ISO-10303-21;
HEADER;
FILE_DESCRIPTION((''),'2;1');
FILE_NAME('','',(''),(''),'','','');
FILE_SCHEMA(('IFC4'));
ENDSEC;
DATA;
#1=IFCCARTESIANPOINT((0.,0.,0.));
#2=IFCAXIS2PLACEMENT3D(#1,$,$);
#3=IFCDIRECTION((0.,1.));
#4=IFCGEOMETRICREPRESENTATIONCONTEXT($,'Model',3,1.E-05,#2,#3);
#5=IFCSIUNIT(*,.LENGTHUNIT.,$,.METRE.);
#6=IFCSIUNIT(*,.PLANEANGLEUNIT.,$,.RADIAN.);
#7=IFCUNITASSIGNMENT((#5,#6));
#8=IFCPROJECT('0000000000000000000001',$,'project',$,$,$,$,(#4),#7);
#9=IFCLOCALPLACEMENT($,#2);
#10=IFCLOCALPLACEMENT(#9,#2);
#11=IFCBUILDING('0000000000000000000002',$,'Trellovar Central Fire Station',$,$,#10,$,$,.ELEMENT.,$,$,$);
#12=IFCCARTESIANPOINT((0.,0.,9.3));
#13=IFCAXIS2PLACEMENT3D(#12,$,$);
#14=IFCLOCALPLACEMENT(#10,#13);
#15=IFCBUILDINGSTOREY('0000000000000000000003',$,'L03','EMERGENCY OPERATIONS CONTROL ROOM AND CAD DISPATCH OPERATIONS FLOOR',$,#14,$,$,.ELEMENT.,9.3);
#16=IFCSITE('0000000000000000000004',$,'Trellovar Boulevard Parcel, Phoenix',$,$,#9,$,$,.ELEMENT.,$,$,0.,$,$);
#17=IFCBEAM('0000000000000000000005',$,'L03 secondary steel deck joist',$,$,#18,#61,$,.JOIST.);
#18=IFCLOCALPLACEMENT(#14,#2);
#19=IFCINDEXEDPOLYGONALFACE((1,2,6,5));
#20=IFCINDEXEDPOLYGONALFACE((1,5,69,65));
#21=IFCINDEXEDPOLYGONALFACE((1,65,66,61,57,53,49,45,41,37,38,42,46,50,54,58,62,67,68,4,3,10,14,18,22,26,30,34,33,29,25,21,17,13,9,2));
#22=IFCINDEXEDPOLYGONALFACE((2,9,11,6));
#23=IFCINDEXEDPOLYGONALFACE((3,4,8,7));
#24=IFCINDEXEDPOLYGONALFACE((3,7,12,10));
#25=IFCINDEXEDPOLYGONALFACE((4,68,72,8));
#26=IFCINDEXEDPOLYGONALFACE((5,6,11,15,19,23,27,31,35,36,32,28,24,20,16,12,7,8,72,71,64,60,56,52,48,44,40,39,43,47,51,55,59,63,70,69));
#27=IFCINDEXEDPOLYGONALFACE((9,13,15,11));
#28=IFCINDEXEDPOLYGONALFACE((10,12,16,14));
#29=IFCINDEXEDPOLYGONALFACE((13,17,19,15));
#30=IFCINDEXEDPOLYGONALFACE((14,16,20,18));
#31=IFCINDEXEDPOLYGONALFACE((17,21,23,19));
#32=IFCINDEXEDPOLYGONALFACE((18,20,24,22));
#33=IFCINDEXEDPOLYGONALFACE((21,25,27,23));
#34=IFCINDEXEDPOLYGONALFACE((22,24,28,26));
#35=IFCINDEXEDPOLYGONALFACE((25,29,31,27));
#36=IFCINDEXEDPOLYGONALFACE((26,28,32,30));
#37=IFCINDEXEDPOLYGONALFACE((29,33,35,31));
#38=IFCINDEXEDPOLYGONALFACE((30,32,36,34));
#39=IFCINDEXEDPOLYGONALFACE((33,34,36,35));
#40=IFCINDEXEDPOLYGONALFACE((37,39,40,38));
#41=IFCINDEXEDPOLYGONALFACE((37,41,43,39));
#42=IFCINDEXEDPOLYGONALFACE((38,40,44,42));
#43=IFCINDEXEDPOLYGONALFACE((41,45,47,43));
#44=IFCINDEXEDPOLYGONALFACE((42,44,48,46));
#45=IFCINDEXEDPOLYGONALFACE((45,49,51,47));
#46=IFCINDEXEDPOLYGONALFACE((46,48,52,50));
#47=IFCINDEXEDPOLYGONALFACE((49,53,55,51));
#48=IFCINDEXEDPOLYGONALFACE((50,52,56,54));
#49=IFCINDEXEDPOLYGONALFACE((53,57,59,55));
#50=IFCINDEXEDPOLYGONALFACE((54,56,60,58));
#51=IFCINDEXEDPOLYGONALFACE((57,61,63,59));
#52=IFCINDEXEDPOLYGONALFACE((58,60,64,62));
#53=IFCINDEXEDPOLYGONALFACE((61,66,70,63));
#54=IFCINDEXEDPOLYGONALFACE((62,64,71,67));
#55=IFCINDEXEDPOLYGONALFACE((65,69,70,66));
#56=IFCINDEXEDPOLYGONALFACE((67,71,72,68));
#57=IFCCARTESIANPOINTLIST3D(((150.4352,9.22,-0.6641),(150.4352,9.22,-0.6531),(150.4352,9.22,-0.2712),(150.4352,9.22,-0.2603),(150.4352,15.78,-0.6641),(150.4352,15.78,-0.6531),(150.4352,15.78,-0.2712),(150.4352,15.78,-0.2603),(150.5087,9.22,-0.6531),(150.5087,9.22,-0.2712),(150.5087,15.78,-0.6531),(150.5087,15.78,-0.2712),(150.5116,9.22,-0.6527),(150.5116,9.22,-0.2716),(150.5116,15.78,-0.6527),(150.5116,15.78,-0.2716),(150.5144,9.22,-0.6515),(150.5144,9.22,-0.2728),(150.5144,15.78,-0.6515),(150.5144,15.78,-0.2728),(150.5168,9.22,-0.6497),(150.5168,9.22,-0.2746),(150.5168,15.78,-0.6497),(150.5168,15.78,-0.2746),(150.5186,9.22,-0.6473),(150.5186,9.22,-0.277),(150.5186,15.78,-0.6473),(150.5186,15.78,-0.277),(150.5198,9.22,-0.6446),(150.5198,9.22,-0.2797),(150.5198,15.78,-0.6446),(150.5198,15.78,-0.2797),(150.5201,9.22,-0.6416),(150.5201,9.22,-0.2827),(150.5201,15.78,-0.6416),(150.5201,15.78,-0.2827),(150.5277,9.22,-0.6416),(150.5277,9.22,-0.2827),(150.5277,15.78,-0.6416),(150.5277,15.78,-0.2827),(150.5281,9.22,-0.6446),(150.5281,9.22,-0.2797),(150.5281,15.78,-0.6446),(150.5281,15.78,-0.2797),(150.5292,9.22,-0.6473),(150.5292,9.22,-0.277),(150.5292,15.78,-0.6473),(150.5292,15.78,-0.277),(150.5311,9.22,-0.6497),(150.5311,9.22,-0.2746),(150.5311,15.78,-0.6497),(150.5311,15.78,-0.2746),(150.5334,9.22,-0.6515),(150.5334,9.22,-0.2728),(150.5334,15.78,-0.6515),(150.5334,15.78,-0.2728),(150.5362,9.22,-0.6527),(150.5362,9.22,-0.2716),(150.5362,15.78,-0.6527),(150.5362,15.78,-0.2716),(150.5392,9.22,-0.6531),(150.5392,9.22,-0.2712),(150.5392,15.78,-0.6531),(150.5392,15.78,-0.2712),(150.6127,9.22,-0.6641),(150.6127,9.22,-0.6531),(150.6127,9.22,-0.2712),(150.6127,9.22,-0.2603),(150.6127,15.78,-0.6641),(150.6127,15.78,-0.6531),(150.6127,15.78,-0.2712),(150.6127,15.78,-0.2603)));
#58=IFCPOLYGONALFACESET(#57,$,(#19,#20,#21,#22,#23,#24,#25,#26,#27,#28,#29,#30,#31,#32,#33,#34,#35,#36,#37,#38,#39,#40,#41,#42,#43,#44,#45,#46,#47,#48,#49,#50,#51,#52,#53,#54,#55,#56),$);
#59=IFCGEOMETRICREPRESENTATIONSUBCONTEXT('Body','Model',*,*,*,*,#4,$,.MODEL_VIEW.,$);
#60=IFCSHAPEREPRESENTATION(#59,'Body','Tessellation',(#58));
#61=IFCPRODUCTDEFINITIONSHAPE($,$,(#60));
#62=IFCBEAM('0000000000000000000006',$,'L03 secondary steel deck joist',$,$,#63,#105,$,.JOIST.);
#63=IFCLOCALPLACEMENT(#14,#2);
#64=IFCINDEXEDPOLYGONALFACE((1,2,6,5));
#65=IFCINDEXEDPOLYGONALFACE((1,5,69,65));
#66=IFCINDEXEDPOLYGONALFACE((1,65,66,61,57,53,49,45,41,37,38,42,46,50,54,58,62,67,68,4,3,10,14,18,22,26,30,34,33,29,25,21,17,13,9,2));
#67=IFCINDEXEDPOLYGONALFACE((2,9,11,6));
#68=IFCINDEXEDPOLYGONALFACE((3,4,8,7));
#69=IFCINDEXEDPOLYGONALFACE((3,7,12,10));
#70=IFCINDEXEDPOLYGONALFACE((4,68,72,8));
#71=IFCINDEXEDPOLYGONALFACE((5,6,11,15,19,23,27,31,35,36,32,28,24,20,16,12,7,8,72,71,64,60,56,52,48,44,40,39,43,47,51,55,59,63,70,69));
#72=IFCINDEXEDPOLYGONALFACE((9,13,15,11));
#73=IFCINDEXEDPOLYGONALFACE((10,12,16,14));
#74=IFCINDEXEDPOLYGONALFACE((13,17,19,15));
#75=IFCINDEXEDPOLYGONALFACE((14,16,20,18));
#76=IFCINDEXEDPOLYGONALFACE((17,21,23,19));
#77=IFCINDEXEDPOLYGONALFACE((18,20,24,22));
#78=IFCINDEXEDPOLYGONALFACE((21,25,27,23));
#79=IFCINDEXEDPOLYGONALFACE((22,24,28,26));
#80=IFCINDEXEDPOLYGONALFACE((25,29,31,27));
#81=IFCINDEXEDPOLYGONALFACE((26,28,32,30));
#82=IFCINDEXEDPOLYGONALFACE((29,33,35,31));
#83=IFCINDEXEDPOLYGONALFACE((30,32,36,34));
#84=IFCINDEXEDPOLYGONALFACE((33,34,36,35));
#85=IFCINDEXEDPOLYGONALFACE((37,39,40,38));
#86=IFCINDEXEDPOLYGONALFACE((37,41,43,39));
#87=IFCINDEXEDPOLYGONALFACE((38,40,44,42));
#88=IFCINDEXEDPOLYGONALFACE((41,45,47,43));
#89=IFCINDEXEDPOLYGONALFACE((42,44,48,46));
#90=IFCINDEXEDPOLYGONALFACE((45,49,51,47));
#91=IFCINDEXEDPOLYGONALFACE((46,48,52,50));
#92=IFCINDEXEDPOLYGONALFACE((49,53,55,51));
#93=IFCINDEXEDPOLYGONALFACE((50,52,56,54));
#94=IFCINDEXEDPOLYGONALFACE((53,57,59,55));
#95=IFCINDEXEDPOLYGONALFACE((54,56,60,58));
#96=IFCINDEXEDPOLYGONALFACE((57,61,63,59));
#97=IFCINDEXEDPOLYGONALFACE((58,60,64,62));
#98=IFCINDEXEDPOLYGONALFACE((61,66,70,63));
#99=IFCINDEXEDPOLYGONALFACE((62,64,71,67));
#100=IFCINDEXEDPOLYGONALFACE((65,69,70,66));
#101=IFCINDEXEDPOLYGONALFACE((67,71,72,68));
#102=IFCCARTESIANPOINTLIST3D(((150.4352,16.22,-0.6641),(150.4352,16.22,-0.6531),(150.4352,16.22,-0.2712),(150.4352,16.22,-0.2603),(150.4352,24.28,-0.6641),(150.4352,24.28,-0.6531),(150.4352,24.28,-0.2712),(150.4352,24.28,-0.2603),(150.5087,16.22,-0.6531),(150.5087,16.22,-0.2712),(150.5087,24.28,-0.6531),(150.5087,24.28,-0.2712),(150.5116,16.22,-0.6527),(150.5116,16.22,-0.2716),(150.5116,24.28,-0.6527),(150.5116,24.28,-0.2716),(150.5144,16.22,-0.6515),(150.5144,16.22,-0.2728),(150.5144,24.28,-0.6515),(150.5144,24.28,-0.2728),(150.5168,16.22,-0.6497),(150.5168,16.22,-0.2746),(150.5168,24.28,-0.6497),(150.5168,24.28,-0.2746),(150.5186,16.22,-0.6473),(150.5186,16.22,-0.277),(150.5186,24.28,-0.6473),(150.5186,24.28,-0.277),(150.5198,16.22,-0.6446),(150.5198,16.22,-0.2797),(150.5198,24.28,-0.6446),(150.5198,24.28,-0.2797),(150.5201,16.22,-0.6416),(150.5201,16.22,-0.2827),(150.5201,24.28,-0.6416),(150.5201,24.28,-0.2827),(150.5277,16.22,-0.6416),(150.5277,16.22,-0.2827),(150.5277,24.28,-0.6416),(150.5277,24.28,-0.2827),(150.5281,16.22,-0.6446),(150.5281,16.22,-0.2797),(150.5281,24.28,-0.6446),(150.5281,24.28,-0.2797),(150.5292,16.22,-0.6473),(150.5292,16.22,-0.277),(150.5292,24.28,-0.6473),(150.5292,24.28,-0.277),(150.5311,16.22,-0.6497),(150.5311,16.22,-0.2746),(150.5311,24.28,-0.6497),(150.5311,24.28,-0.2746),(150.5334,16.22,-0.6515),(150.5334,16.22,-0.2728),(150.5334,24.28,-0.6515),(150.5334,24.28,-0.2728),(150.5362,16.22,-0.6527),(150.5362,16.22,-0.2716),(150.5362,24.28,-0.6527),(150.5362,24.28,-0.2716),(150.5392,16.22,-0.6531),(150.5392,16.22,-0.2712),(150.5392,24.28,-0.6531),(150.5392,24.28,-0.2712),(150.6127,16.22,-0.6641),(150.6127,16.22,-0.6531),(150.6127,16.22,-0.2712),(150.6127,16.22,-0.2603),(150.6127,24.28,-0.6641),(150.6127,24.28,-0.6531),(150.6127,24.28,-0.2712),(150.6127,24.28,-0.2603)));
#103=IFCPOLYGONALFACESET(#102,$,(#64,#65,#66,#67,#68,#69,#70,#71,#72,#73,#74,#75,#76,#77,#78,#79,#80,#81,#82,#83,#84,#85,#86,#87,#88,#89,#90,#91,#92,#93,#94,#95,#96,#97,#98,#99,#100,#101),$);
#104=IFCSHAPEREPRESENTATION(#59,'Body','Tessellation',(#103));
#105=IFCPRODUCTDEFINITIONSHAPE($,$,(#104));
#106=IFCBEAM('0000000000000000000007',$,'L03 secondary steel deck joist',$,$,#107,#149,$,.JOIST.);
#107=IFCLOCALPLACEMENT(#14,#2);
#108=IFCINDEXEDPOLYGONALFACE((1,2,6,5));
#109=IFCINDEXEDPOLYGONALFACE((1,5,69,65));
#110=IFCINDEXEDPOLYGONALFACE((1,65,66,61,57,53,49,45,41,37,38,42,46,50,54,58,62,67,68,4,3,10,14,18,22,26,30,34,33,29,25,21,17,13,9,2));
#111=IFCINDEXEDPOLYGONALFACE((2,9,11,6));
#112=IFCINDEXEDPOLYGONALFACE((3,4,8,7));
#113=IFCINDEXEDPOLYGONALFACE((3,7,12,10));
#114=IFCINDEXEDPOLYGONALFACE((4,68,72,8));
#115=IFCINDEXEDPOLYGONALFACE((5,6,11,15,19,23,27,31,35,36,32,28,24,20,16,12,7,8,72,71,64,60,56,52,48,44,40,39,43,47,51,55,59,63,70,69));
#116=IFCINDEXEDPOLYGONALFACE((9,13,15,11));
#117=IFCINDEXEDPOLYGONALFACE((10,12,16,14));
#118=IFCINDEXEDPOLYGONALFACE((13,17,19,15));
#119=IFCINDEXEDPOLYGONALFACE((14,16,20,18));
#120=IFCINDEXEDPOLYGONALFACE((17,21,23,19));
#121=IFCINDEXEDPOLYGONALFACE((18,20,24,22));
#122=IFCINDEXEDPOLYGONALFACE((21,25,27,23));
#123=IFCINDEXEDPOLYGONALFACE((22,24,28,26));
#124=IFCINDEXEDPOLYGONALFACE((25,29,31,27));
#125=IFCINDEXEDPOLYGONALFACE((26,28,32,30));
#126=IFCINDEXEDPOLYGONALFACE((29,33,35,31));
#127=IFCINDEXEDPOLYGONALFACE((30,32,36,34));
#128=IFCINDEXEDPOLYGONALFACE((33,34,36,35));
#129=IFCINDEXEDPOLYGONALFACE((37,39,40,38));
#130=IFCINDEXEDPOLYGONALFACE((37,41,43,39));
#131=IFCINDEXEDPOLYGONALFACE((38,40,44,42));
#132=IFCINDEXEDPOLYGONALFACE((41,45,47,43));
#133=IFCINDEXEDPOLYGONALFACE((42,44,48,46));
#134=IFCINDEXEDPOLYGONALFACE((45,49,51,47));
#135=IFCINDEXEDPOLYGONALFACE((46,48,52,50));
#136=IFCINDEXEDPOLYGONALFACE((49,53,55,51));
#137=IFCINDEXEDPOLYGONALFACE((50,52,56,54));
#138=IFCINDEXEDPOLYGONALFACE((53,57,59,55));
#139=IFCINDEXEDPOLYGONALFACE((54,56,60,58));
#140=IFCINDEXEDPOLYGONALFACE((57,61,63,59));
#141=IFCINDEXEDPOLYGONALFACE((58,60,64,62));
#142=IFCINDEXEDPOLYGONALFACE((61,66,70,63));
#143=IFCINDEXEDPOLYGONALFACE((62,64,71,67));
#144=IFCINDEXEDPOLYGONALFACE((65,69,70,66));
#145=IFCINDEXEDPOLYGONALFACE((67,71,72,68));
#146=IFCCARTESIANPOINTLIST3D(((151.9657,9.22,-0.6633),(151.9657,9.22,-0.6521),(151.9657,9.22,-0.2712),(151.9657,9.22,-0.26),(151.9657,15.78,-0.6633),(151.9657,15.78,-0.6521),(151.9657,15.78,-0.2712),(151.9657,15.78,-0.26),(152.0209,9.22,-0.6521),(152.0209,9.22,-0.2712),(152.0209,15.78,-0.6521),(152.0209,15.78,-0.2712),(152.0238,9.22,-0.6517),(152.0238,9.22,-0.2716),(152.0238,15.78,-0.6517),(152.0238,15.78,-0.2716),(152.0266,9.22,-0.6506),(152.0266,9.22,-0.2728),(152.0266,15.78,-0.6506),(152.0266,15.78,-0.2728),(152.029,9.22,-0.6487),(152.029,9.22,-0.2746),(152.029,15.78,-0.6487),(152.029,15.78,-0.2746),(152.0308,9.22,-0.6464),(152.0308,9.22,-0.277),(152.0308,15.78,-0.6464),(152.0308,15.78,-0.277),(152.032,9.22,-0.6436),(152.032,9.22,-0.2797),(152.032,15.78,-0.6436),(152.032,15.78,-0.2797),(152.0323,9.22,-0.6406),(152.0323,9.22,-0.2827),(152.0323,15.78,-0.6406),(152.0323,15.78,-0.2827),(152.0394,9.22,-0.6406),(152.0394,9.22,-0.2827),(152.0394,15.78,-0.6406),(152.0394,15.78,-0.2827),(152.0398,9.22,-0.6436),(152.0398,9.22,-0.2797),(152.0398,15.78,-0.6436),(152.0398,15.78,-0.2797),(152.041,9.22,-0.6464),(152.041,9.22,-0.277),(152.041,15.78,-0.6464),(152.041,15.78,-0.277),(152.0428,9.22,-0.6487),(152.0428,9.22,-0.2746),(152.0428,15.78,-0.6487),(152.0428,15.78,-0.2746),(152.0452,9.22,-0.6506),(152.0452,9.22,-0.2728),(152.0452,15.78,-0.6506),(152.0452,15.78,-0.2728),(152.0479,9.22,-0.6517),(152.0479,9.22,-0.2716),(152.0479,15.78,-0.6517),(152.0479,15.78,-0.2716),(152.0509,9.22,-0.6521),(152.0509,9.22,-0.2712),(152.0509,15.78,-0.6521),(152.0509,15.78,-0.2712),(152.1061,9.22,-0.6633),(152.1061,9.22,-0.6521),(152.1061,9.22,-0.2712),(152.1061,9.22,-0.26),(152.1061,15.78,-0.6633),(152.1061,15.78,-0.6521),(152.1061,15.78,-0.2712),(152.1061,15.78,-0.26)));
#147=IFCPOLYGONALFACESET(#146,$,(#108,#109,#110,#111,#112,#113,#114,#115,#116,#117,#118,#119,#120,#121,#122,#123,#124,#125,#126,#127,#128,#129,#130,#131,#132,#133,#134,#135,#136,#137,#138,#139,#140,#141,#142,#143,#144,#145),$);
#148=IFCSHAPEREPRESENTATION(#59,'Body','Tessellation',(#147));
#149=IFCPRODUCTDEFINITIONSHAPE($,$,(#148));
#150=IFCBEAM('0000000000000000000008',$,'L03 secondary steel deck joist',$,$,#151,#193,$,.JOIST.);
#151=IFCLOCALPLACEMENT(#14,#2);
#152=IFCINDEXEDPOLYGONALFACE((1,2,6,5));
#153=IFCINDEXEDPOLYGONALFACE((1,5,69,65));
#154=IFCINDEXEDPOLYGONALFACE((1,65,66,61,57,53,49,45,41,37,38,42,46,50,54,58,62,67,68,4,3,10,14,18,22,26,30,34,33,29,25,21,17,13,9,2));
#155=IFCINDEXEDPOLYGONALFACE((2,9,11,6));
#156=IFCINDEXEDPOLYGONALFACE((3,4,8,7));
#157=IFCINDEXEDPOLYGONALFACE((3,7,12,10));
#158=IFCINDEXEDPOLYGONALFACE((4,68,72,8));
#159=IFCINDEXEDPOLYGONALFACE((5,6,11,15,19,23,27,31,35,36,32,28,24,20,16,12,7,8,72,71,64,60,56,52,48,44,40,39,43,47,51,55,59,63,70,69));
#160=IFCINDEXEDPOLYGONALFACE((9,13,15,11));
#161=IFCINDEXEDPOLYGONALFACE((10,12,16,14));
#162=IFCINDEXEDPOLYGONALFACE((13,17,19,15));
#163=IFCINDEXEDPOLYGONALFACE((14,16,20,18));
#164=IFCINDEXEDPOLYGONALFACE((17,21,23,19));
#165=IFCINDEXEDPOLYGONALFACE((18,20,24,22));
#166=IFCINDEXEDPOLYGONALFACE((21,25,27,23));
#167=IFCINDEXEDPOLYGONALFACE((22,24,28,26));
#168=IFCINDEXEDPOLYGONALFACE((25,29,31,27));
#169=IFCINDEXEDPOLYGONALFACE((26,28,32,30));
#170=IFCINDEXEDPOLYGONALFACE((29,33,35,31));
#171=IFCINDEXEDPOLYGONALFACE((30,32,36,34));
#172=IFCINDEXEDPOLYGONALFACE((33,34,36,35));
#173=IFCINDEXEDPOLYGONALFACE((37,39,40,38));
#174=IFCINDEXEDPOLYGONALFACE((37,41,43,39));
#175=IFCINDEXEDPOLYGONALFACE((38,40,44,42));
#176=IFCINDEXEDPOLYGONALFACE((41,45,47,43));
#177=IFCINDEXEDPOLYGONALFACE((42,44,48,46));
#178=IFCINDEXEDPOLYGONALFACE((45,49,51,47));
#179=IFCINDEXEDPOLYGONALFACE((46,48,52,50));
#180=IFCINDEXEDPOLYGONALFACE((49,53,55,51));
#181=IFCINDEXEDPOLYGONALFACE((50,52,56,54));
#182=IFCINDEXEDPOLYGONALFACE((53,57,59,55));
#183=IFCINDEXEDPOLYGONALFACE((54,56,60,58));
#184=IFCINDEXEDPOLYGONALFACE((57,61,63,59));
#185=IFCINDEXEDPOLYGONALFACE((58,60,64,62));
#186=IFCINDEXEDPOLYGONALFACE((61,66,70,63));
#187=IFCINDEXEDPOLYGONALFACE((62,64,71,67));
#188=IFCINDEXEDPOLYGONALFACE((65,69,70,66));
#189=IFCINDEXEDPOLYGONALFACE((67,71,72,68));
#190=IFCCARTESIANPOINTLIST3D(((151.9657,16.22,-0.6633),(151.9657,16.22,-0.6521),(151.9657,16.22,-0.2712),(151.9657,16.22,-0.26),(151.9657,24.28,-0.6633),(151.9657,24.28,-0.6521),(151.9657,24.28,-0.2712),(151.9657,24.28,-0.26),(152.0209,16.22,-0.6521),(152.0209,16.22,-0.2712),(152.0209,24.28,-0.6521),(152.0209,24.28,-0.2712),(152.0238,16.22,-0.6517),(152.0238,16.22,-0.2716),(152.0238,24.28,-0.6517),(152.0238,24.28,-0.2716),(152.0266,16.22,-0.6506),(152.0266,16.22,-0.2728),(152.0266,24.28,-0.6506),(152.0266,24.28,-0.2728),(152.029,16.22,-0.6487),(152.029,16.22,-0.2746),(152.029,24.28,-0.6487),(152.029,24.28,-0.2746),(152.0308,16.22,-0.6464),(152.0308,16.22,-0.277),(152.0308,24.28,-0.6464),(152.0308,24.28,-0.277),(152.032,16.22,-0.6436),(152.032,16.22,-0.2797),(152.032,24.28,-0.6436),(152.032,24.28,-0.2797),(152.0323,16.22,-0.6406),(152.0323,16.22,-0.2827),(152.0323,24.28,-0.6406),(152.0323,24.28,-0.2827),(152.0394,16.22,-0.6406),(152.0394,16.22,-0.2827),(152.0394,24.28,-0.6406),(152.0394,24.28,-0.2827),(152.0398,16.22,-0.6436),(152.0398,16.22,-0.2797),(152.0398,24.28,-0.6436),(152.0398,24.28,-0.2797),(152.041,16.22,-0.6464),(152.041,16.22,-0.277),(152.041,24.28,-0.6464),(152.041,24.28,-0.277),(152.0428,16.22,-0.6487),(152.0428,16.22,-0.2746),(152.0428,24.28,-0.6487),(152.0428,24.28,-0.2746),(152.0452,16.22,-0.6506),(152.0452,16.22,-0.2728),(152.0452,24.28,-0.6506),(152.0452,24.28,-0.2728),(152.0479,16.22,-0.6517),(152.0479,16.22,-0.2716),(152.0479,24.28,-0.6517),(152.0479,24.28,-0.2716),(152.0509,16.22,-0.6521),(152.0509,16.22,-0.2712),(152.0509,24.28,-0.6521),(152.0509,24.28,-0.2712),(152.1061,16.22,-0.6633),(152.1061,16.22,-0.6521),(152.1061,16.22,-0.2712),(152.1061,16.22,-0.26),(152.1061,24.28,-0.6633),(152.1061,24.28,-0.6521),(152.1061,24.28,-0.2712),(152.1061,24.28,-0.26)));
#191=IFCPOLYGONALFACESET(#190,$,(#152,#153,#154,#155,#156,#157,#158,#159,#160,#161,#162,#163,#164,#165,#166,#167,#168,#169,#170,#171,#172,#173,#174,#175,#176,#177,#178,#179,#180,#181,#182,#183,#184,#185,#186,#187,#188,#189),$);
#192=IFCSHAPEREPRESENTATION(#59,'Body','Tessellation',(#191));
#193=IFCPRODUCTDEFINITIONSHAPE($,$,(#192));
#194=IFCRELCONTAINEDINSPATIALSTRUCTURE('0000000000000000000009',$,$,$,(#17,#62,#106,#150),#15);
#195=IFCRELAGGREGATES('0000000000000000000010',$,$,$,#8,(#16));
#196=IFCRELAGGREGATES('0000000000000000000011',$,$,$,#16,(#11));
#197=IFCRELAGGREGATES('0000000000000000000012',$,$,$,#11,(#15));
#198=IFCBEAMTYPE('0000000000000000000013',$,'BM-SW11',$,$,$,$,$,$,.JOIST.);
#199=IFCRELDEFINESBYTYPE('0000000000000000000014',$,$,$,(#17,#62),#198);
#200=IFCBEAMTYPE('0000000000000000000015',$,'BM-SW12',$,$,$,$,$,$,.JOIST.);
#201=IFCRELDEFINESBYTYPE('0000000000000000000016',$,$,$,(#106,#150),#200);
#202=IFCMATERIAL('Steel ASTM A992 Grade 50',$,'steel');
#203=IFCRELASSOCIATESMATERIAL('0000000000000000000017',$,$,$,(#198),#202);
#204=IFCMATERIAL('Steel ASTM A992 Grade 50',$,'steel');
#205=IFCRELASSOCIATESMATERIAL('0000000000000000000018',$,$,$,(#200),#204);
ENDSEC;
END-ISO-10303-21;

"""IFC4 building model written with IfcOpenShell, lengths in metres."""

from ifc_helpers import new_model, si_unit, direction, frame, origin, origin_2d, place, context, subcontext, project, spatial, i_section, extrude, material, material_profile, profile_set, type_object, element, save


model = new_model("IFC4")

# Units and contexts
model_context = context("Model", 3, precision=1e-05, world=origin(), true_north=direction((0.0, 1.0)))
body_context = subcontext(model_context, "Body", "Model", "MODEL_VIEW")
ifc_project = project(units=[si_unit("LENGTHUNIT", "METRE"), si_unit("PLANEANGLEUNIT", "RADIAN")], contexts=[model_context])

# Site, building, storey
site_placement = place(None, origin())
site = spatial("IfcSite", under=ifc_project, at=site_placement, Name="Trellovar Boulevard Parcel, Phoenix", CompositionType="ELEMENT", RefElevation=0.0)
building_placement = place(site_placement, origin())
building = spatial("IfcBuilding", under=site, at=building_placement, Name="Trellovar Central Fire Station", CompositionType="ELEMENT")
storey_placement = place(building_placement, frame((0.0, 0.0, 9.3)))
storey = spatial("IfcBuildingStorey", under=building, at=storey_placement, Name="L03", Description="EMERGENCY OPERATIONS CONTROL ROOM AND CAD DISPATCH OPERATIONS FLOOR", CompositionType="ELEMENT", Elevation=9.3)

# Beams
ifc_material_1 = material(Name="Steel ASTM A992 Grade 50", Category="steel")
ifc_material_profile_1 = material_profile(ifc_material_1, i_section(OverallWidth=0.1775, OverallDepth=0.4038, WebThickness=0.0076, FlangeThickness=0.011, FilletRadius=0.0115, at=origin_2d()), Name="W16X36")
ifc_profile_set_1 = profile_set([ifc_material_profile_1], Name="Steel ASTM A992 Grade 50")
beam_type_1 = type_object("IfcBeamType", Name="BM-SW11", PredefinedType="JOIST", material=ifc_profile_set_1)
beam_1_placement = place(storey_placement, frame((150.5239, 9.22, -0.4622), z_axis=(0.0, 1.0, 0.0), x_axis=(-1.0, 0.0, 0.0)))
element("IfcBeam", 1, at=beam_1_placement, inside=storey, type_object=beam_type_1, Name="L03 secondary steel deck joist", PredefinedType="JOIST", context=body_context, shape_type="SweptSolid", body=[
    extrude(i_section(OverallWidth=0.1775, OverallDepth=0.4038, WebThickness=0.0076, FlangeThickness=0.011, FilletRadius=0.0115, at=origin_2d()), origin(), (0.0, 0.0, 1.0), 6.5601),
])
beam_2_placement = place(storey_placement, frame((150.5239, 16.22, -0.4622), z_axis=(0.0, 1.0, 0.0), x_axis=(-1.0, 0.0, 0.0)))
element("IfcBeam", 2, at=beam_2_placement, inside=storey, type_object=beam_type_1, Name="L03 secondary steel deck joist", PredefinedType="JOIST", context=body_context, shape_type="SweptSolid", body=[
    extrude(i_section(OverallWidth=0.1775, OverallDepth=0.4038, WebThickness=0.0076, FlangeThickness=0.011, FilletRadius=0.0115, at=origin_2d()), origin(), (0.0, 0.0, 1.0), 8.0601),
])
ifc_material_2 = material(Name="Steel ASTM A992 Grade 50", Category="steel")
ifc_material_profile_2 = material_profile(ifc_material_2, i_section(OverallWidth=0.1404, OverallDepth=0.4033, WebThickness=0.0071, FlangeThickness=0.0112, FilletRadius=0.0115, at=origin_2d()), Name="W16X31")
ifc_profile_set_2 = profile_set([ifc_material_profile_2], Name="Steel ASTM A992 Grade 50")
beam_type_2 = type_object("IfcBeamType", Name="BM-SW12", PredefinedType="JOIST", material=ifc_profile_set_2)
beam_3_placement = place(storey_placement, frame((152.0359, 9.22, -0.4617), z_axis=(0.0, 1.0, 0.0), x_axis=(-1.0, 0.0, 0.0)))
element("IfcBeam", 3, at=beam_3_placement, inside=storey, type_object=beam_type_2, Name="L03 secondary steel deck joist", PredefinedType="JOIST", context=body_context, shape_type="SweptSolid", body=[
    extrude(i_section(OverallWidth=0.1404, OverallDepth=0.4033, WebThickness=0.0071, FlangeThickness=0.0112, FilletRadius=0.0115, at=origin_2d()), origin(), (0.0, 0.0, 1.0), 6.5601),
])
beam_4_placement = place(storey_placement, frame((152.0359, 16.22, -0.4617), z_axis=(0.0, 1.0, 0.0), x_axis=(-1.0, 0.0, 0.0)))
element("IfcBeam", 4, at=beam_4_placement, inside=storey, type_object=beam_type_2, Name="L03 secondary steel deck joist", PredefinedType="JOIST", context=body_context, shape_type="SweptSolid", body=[
    extrude(i_section(OverallWidth=0.1404, OverallDepth=0.4033, WebThickness=0.0071, FlangeThickness=0.0112, FilletRadius=0.0115, at=origin_2d()), origin(), (0.0, 0.0, 1.0), 8.0601),
])

save(model, "model.ifc")
